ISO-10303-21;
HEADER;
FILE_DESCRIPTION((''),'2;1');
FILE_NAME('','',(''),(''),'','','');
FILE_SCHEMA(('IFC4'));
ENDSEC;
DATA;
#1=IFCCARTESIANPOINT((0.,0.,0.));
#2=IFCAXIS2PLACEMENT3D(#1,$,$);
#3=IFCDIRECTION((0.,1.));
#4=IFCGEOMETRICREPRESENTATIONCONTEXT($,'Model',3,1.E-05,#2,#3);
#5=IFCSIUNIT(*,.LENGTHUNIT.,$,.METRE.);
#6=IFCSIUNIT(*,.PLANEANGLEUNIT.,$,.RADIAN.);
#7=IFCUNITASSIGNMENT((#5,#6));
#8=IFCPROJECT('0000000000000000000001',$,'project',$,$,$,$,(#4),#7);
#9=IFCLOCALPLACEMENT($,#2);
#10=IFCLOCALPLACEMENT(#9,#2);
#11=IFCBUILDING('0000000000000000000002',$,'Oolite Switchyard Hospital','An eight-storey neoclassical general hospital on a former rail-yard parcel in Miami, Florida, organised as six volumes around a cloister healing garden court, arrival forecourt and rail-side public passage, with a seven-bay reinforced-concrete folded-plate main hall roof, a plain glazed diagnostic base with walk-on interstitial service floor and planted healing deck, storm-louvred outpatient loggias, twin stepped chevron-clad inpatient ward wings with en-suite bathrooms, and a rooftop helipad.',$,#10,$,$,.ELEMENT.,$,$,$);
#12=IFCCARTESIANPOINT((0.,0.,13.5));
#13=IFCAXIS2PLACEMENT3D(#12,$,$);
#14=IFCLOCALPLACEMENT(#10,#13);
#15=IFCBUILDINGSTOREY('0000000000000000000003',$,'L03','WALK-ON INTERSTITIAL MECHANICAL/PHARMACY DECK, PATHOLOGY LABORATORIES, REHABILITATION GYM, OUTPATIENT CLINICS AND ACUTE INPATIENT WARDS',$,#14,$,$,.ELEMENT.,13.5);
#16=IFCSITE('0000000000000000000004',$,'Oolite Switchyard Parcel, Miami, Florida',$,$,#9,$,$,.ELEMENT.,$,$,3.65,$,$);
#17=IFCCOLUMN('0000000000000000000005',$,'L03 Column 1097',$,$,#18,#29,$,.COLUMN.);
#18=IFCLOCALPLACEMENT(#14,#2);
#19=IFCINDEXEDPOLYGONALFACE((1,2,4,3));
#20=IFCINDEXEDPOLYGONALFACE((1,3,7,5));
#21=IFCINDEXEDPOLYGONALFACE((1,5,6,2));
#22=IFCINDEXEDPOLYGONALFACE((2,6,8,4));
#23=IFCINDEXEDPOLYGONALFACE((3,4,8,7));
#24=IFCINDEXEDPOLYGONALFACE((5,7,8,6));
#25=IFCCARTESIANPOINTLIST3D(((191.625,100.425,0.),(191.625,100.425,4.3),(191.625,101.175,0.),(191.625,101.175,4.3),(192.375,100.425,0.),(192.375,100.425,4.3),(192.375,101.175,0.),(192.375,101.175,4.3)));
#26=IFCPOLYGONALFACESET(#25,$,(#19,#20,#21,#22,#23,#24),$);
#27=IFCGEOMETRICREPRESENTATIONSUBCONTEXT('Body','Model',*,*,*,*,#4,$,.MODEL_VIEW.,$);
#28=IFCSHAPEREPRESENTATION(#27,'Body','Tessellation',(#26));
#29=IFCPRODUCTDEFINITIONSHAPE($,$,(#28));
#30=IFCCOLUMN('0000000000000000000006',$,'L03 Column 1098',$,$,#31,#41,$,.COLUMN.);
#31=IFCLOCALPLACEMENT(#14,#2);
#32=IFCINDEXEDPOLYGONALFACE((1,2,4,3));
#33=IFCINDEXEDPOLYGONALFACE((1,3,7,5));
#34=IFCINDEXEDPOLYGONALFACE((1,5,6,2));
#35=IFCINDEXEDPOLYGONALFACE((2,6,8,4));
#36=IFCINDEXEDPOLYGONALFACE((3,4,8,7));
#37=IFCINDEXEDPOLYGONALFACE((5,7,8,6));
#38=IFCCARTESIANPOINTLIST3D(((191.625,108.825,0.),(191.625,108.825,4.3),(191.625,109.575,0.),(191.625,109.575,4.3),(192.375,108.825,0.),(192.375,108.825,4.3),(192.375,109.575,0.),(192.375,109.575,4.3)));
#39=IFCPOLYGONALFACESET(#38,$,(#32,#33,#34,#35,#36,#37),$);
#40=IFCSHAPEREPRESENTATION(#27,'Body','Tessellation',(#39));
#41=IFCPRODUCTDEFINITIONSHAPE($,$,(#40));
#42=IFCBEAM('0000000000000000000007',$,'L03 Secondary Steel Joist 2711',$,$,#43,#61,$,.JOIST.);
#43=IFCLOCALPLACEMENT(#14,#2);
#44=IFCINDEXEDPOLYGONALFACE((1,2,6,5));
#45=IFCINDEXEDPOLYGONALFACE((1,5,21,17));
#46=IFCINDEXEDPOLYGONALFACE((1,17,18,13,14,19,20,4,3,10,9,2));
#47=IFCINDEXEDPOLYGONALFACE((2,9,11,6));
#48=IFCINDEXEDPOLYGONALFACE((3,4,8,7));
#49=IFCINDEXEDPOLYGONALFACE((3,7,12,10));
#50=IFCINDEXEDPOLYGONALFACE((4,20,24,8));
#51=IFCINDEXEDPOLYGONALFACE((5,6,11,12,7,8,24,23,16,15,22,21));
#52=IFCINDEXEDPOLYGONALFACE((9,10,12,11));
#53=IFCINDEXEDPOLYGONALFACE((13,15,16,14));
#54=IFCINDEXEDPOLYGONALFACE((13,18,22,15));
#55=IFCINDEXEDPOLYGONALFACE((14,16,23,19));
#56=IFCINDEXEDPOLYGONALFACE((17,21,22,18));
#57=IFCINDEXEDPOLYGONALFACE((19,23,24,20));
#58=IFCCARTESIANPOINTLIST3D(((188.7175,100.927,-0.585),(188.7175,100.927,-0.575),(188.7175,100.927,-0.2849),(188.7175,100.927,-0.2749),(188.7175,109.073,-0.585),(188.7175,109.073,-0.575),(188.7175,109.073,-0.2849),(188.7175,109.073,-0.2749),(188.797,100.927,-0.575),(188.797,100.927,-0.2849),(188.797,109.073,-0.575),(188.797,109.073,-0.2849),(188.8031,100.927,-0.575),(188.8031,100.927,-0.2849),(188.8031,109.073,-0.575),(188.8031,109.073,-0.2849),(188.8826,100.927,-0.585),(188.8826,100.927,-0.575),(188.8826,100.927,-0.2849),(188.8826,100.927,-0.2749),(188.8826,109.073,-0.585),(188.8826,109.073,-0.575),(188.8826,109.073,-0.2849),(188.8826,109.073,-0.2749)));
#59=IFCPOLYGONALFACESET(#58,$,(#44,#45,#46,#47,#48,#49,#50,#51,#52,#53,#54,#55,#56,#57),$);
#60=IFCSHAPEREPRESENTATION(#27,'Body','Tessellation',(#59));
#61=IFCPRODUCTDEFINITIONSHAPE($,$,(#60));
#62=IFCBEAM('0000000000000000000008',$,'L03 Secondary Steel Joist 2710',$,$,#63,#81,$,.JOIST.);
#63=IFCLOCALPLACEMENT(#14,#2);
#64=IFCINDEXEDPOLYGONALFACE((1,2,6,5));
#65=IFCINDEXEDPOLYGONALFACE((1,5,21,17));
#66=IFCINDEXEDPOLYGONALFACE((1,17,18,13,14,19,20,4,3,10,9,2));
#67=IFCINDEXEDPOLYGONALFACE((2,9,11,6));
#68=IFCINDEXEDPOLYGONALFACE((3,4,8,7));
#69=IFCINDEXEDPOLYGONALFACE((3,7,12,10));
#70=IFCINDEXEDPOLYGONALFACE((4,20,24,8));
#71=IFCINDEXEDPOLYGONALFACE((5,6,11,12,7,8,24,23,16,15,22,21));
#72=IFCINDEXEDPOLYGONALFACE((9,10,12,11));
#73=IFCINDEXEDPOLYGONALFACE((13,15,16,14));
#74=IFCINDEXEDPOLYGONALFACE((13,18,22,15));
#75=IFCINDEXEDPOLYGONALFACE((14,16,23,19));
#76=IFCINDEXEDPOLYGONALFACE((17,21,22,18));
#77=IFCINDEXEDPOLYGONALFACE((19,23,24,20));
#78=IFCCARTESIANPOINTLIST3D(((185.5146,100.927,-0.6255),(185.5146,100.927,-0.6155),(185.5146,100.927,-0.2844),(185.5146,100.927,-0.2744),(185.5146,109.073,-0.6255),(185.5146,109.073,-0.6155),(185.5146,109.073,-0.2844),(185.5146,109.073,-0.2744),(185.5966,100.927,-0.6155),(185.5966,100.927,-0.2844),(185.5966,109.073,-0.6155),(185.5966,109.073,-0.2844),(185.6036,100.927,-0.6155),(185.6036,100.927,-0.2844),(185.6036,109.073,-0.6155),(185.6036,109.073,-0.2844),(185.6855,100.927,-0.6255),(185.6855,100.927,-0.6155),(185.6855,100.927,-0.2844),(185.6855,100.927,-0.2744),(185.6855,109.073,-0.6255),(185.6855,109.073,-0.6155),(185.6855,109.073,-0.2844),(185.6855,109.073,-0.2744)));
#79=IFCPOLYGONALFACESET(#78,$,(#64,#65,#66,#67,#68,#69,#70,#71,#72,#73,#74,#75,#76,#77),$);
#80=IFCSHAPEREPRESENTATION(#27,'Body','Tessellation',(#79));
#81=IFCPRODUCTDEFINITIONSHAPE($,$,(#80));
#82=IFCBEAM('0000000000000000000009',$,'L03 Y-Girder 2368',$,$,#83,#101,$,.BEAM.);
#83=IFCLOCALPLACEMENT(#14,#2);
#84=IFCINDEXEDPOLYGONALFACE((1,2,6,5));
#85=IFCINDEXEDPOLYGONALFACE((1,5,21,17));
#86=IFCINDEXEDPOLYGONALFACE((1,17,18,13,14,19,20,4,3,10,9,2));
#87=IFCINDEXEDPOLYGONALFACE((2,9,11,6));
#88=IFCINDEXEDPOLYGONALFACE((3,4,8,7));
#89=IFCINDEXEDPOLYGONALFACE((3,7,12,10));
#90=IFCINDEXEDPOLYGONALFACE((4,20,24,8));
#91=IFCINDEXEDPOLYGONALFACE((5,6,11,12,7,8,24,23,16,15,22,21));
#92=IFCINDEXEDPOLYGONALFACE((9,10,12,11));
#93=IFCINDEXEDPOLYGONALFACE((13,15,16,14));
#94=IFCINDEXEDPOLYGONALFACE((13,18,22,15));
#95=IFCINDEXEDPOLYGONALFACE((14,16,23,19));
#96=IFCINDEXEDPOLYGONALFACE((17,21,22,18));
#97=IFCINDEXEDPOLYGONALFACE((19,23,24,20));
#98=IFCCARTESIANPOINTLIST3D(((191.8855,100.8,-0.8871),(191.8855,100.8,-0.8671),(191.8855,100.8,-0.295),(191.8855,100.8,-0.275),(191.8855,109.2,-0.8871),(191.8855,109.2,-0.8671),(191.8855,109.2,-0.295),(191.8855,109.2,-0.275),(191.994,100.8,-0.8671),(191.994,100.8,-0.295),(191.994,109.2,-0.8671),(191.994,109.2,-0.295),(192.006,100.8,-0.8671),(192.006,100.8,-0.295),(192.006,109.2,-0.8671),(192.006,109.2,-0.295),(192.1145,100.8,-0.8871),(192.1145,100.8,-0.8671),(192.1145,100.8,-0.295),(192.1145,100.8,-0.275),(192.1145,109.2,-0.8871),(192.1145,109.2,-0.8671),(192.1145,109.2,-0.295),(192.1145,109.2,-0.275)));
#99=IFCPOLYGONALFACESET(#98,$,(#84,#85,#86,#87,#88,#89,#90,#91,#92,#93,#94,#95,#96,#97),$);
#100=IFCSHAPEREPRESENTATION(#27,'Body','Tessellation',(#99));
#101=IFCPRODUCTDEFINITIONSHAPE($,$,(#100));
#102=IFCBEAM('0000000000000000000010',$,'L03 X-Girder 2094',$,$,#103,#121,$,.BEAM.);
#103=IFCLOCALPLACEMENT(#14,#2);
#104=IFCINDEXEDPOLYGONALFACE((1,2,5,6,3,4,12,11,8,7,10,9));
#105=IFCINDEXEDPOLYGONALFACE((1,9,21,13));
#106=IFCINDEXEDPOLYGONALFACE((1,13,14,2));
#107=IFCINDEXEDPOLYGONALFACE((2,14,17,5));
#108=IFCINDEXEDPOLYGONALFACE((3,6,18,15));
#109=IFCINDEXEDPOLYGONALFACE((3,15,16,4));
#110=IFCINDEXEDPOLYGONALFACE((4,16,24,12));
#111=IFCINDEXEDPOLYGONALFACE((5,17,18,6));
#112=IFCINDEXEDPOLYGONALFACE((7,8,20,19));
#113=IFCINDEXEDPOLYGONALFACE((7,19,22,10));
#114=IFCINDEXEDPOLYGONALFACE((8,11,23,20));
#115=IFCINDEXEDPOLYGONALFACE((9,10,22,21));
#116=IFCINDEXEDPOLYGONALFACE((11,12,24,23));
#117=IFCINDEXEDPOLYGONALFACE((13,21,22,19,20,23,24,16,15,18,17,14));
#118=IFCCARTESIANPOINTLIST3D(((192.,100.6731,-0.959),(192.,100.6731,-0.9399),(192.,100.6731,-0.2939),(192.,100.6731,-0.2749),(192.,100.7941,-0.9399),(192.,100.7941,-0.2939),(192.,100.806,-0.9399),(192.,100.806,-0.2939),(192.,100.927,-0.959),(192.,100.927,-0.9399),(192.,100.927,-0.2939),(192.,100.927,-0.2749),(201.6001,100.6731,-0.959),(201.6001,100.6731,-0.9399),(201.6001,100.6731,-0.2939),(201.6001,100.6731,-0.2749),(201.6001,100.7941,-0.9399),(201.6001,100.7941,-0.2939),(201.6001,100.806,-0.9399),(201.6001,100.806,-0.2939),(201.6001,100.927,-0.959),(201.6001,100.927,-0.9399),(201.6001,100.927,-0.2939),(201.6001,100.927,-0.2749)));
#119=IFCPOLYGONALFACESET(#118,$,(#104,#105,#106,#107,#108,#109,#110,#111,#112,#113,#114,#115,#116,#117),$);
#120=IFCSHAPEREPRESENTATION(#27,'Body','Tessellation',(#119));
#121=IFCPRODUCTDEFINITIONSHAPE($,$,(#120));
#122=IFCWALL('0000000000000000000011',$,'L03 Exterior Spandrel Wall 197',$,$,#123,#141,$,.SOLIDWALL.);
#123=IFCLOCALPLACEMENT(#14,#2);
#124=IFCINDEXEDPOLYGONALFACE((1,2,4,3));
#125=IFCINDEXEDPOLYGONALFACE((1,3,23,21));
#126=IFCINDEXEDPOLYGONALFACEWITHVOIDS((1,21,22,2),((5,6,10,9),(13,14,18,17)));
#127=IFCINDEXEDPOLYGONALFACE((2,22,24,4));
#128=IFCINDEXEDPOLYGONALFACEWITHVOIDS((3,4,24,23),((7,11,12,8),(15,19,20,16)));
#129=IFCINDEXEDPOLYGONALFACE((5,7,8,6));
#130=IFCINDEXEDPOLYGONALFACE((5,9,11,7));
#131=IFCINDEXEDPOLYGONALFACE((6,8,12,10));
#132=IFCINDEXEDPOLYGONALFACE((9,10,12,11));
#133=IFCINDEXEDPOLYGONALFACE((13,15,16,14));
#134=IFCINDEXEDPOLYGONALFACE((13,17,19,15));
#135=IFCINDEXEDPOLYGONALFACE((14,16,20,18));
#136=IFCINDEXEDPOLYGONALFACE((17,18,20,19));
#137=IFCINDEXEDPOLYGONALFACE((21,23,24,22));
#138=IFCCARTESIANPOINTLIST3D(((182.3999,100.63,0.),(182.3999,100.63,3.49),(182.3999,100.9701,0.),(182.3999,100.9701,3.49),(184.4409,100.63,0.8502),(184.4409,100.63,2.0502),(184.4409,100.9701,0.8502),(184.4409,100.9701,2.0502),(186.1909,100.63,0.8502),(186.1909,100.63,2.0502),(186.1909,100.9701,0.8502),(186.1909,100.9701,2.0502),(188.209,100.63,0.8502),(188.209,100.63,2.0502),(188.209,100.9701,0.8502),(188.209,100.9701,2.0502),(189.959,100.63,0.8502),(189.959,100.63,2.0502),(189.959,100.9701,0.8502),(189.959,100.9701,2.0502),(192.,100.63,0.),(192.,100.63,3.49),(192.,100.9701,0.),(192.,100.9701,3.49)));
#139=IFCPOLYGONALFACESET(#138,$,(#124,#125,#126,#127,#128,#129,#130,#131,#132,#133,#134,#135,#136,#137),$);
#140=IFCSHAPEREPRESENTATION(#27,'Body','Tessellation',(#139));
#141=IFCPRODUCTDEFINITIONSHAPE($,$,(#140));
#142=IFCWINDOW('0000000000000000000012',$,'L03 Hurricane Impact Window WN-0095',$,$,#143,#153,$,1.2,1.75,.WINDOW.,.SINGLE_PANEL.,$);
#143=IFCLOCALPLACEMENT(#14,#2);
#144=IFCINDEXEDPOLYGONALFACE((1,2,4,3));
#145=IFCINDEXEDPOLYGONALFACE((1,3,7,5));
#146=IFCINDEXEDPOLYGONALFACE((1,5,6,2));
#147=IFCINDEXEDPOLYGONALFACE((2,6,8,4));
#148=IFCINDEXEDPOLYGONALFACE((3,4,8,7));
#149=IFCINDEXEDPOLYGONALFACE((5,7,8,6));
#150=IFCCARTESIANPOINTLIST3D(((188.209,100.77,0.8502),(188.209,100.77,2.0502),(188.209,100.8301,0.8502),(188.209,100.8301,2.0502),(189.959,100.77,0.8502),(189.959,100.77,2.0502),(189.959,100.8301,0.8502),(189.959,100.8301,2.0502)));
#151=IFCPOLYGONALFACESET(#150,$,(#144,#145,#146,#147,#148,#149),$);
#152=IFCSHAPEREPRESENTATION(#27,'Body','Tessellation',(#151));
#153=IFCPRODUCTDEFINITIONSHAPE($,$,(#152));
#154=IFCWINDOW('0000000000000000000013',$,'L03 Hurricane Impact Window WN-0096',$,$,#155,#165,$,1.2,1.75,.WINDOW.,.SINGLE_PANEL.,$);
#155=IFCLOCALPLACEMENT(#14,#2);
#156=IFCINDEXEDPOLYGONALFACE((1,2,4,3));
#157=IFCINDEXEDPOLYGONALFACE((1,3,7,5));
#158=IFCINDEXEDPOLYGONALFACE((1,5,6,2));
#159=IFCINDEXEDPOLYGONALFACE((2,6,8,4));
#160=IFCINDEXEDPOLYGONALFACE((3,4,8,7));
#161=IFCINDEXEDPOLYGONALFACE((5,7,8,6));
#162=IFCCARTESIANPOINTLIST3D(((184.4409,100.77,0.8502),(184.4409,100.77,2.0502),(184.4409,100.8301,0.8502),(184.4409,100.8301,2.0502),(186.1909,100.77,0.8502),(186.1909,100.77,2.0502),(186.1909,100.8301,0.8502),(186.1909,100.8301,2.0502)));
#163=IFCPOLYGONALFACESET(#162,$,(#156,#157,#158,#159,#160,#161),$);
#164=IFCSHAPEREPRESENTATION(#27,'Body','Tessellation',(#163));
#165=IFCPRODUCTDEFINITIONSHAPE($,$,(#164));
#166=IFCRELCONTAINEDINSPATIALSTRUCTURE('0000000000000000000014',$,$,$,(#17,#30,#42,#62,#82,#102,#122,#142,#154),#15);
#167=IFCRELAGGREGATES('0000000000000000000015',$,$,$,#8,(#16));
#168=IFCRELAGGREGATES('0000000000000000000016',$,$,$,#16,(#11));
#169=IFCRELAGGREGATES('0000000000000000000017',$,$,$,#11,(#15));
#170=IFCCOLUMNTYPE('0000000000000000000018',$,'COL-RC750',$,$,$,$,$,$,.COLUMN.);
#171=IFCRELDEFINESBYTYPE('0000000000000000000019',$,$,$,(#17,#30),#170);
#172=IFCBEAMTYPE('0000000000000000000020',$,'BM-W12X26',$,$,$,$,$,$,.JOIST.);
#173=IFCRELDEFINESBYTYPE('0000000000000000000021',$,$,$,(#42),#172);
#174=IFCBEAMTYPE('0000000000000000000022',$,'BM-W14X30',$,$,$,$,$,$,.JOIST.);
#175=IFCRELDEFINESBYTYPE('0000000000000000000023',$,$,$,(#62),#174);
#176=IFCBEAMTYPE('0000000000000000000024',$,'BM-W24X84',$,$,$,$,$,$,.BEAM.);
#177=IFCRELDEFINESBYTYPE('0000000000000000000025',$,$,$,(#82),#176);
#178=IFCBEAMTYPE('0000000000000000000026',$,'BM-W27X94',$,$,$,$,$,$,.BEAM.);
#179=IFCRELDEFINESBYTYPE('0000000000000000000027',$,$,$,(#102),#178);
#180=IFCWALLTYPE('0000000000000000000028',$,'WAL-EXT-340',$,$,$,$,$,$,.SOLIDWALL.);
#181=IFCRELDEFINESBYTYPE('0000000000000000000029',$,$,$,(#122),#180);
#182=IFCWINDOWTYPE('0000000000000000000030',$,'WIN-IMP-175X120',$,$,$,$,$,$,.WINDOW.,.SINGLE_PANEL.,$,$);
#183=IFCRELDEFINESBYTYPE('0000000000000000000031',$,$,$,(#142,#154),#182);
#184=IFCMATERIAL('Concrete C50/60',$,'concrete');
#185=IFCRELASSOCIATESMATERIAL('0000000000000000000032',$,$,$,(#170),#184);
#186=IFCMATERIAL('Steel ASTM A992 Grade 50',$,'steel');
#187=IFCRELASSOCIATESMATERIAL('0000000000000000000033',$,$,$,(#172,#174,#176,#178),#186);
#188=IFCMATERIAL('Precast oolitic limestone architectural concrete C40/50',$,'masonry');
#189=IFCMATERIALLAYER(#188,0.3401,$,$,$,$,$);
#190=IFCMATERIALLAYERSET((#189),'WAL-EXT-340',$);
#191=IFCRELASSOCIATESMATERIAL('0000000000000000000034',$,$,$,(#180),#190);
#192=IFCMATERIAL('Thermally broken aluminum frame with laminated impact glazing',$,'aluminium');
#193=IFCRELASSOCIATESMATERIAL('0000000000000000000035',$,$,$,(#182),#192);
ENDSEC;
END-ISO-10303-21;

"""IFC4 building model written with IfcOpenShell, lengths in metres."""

from ifc_helpers import new_model, si_unit, direction, frame, frame_2d, origin, origin_2d, place, context, subcontext, project, spatial, rectangle, i_section, extrude, material, layer, layer_set, material_profile, profile_set, type_object, element, fill, save


model = new_model("IFC4")

# Units and contexts
model_context = context("Model", 3, precision=1e-05, world=origin(), true_north=direction((0.0, 1.0)))
body_context = subcontext(model_context, "Body", "Model", "MODEL_VIEW")
ifc_project = project(units=[si_unit("LENGTHUNIT", "METRE"), si_unit("PLANEANGLEUNIT", "RADIAN")], contexts=[model_context])

# Site, building, storey
site_placement = place(None, origin())
site = spatial("IfcSite", under=ifc_project, at=site_placement, Name="Oolite Switchyard Parcel, Miami, Florida", CompositionType="ELEMENT", RefElevation=3.65)
building_placement = place(site_placement, origin())
building = spatial("IfcBuilding", under=site, at=building_placement, Name="Oolite Switchyard Hospital", Description="An eight-storey neoclassical general hospital on a former rail-yard parcel in Miami, Florida, organised as six volumes around a cloister healing garden court, arrival forecourt and rail-side public passage, with a seven-bay reinforced-concrete folded-plate main hall roof, a plain glazed diagnostic base with walk-on interstitial service floor and planted healing deck, storm-louvred outpatient loggias, twin stepped chevron-clad inpatient ward wings with en-suite bathrooms, and a rooftop helipad.", CompositionType="ELEMENT")
storey_placement = place(building_placement, frame((0.0, 0.0, 13.5)))
storey = spatial("IfcBuildingStorey", under=building, at=storey_placement, Name="L03", Description="WALK-ON INTERSTITIAL MECHANICAL/PHARMACY DECK, PATHOLOGY LABORATORIES, REHABILITATION GYM, OUTPATIENT CLINICS AND ACUTE INPATIENT WARDS", CompositionType="ELEMENT", Elevation=13.5)

# Columns
ifc_material_1 = material(Name="Concrete C50/60", Category="concrete")
ifc_material_profile_1 = material_profile(ifc_material_1, rectangle(XDim=0.75, YDim=0.75, at=origin_2d()), Name="RC750X750")
ifc_profile_set_1 = profile_set([ifc_material_profile_1], Name="Concrete C50/60")
column_type = type_object("IfcColumnType", Name="COL-RC750", PredefinedType="COLUMN", material=ifc_profile_set_1)
for number, where, z_axis, x_axis, name in (
    (1, (192.0, 100.8, 0.0), (0.0, 0.0, 1.0), (1.0, 0.0, 0.0), "L03 Column 1097"),
    (2, (192.0, 109.2, 0.0), (0.0, 0.0, 1.0), (1.0, 0.0, 0.0), "L03 Column 1098"),
):
    element("IfcColumn", number, at=place(storey_placement, frame(where, z_axis=z_axis, x_axis=x_axis)), inside=storey, type_object=column_type, Name=name, PredefinedType="COLUMN", context=body_context, shape_type="SweptSolid", body=[
        extrude(rectangle(XDim=0.75, YDim=0.75, at=origin_2d()), origin(), (0.0, 0.0, 1.0), 4.3),
    ])

# Beams
ifc_material_2 = material(Name="Steel ASTM A992 Grade 50", Category="steel")
ifc_material_profile_2 = material_profile(ifc_material_2, i_section(OverallWidth=0.165, OverallDepth=0.3101, WebThickness=0.0061, FlangeThickness=0.01, at=origin_2d()), Name="W12X26")
ifc_profile_set_2 = profile_set([ifc_material_profile_2], Name="Steel ASTM A992 Grade 50")
beam_type_1 = type_object("IfcBeamType", Name="BM-W12X26", PredefinedType="JOIST", material=ifc_profile_set_2)
beam_1_placement = place(storey_placement, frame((188.8, 100.927, -0.4299), z_axis=(0.0, 1.0, 0.0), x_axis=(-1.0, 0.0, 0.0)))
element("IfcBeam", 3, at=beam_1_placement, inside=storey, type_object=beam_type_1, Name="L03 Secondary Steel Joist 2711", PredefinedType="JOIST", context=body_context, shape_type="SweptSolid", body=[
    extrude(i_section(OverallWidth=0.165, OverallDepth=0.3101, WebThickness=0.0061, FlangeThickness=0.01, at=origin_2d()), origin(), (0.0, 0.0, 1.0), 8.146),
])
ifc_material_profile_3 = material_profile(ifc_material_2, i_section(OverallWidth=0.1709, OverallDepth=0.3511, WebThickness=0.0071, FlangeThickness=0.01, at=origin_2d()), Name="W14X30")
ifc_profile_set_3 = profile_set([ifc_material_profile_3], Name="Steel ASTM A992 Grade 50")
beam_type_2 = type_object("IfcBeamType", Name="BM-W14X30", PredefinedType="JOIST", material=ifc_profile_set_3)
beam_2_placement = place(storey_placement, frame((185.6001, 100.927, -0.45), z_axis=(0.0, 1.0, 0.0), x_axis=(-1.0, 0.0, 0.0)))
element("IfcBeam", 4, at=beam_2_placement, inside=storey, type_object=beam_type_2, Name="L03 Secondary Steel Joist 2710", PredefinedType="JOIST", context=body_context, shape_type="SweptSolid", body=[
    extrude(i_section(OverallWidth=0.1709, OverallDepth=0.3511, WebThickness=0.0071, FlangeThickness=0.01, at=origin_2d()), origin(), (0.0, 0.0, 1.0), 8.146),
])
ifc_material_profile_4 = material_profile(ifc_material_2, i_section(OverallWidth=0.229, OverallDepth=0.6121, WebThickness=0.012, FlangeThickness=0.02, at=origin_2d()), Name="W24X84")
ifc_profile_set_4 = profile_set([ifc_material_profile_4], Name="Steel ASTM A992 Grade 50")
beam_type_3 = type_object("IfcBeamType", Name="BM-W24X84", PredefinedType="BEAM", material=ifc_profile_set_4)
beam_3_placement = place(storey_placement, frame((192.0, 100.8, -0.5811), z_axis=(0.0, 1.0, 0.0), x_axis=(-1.0, 0.0, 0.0)))
element("IfcBeam", 5, at=beam_3_placement, inside=storey, type_object=beam_type_3, Name="L03 Y-Girder 2368", PredefinedType="BEAM", context=body_context, shape_type="SweptSolid", body=[
    extrude(i_section(OverallWidth=0.229, OverallDepth=0.6121, WebThickness=0.012, FlangeThickness=0.02, at=origin_2d()), origin(), (0.0, 0.0, 1.0), 8.3999),
])
ifc_material_profile_5 = material_profile(ifc_material_2, i_section(OverallWidth=0.2539, OverallDepth=0.6841, WebThickness=0.012, FlangeThickness=0.019, at=origin_2d()), Name="W27X94")
ifc_profile_set_5 = profile_set([ifc_material_profile_5], Name="Steel ASTM A992 Grade 50")
beam_type_4 = type_object("IfcBeamType", Name="BM-W27X94", PredefinedType="BEAM", material=ifc_profile_set_5)
beam_4_placement = place(storey_placement, frame((192.0, 100.8, -0.6169), z_axis=(1.0, 0.0, 0.0), x_axis=(0.0, 1.0, 0.0)))
element("IfcBeam", 6, at=beam_4_placement, inside=storey, type_object=beam_type_4, Name="L03 X-Girder 2094", PredefinedType="BEAM", context=body_context, shape_type="SweptSolid", body=[
    extrude(i_section(OverallWidth=0.2539, OverallDepth=0.6841, WebThickness=0.012, FlangeThickness=0.019, at=origin_2d()), origin(), (0.0, 0.0, 1.0), 9.6001),
])

# Wall, openings, windows
ifc_material_3 = material(Name="Precast oolitic limestone architectural concrete C40/50", Category="masonry")
ifc_layer_1 = layer(ifc_material_3, 0.3401)
ifc_layer_set_1 = layer_set([ifc_layer_1], Name="WAL-EXT-340")
wall_type_1 = type_object("IfcWallType", Name="WAL-EXT-340", PredefinedType="SOLIDWALL", material=ifc_layer_set_1)
wall_1_placement = place(storey_placement, frame((192.0, 100.8, 0.0), z_axis=(0.0, 0.0, 1.0), x_axis=(-1.0, 0.0, 0.0)))
wall_1 = element("IfcWall", 7, at=wall_1_placement, inside=storey, type_object=wall_type_1, Name="L03 Exterior Spandrel Wall 197", PredefinedType="SOLIDWALL", context=body_context, shape_type="SweptSolid", body=[
    extrude(rectangle(XDim=9.6001, YDim=0.3401, at=frame_2d((4.8, 0.0))), origin(), (0.0, 0.0, 1.0), 3.49),
])
opening_1_placement = place(wall_1_placement, frame((2.041, 0.0, 0.8501)))
opening_1 = element("IfcOpeningElement", 8, at=opening_1_placement, cuts=wall_1, PredefinedType="OPENING", context=body_context, shape_type="SweptSolid", body=[
    extrude(rectangle(XDim=1.75, YDim=1.2, at=frame_2d((0.875, 0.6001))), frame((0.0, 0.1802, 0.0), z_axis=(0.0, -1.0, 0.0), x_axis=(1.0, 0.0, 0.0)), (0.0, 0.0, 1.0), 0.3601),
])
opening_2_placement = place(wall_1_placement, frame((5.8091, 0.0, 0.8501)))
opening_2 = element("IfcOpeningElement", 9, at=opening_2_placement, cuts=wall_1, PredefinedType="OPENING", context=body_context, shape_type="SweptSolid", body=[
    extrude(rectangle(XDim=1.75, YDim=1.2, at=frame_2d((0.875, 0.6001))), frame((0.0, 0.1802, 0.0), z_axis=(0.0, -1.0, 0.0), x_axis=(1.0, 0.0, 0.0)), (0.0, 0.0, 1.0), 0.3601),
])
ifc_material_4 = material(Name="Thermally broken aluminum frame with laminated impact glazing", Category="aluminium")
window_type = type_object("IfcWindowType", Name="WIN-IMP-175X120", PartitioningType="SINGLE_PANEL", PredefinedType="WINDOW", material=ifc_material_4)
window_1_placement = place(opening_1_placement, origin())
window_1 = element("IfcWindow", 10, at=window_1_placement, inside=storey, type_object=window_type, Name="L03 Hurricane Impact Window WN-0095", OverallHeight=1.2, OverallWidth=1.75, PartitioningType="SINGLE_PANEL", PredefinedType="WINDOW", context=body_context, shape_type="SweptSolid", body=[
    extrude(rectangle(XDim=1.75, YDim=1.2, at=frame_2d((0.875, 0.6001))), frame((0.0, 0.03, 0.0), z_axis=(0.0, -1.0, 0.0), x_axis=(1.0, 0.0, 0.0)), (0.0, 0.0, 1.0), 0.0601),
])
fill(opening_1, window_1)
window_2_placement = place(opening_2_placement, origin())
window_2 = element("IfcWindow", 11, at=window_2_placement, inside=storey, type_object=window_type, Name="L03 Hurricane Impact Window WN-0096", OverallHeight=1.2, OverallWidth=1.75, PartitioningType="SINGLE_PANEL", PredefinedType="WINDOW", context=body_context, shape_type="SweptSolid", body=[
    extrude(rectangle(XDim=1.75, YDim=1.2, at=frame_2d((0.875, 0.6001))), frame((0.0, 0.03, 0.0), z_axis=(0.0, -1.0, 0.0), x_axis=(1.0, 0.0, 0.0)), (0.0, 0.0, 1.0), 0.0601),
])
fill(opening_2, window_2)

save(model, "model.ifc")
